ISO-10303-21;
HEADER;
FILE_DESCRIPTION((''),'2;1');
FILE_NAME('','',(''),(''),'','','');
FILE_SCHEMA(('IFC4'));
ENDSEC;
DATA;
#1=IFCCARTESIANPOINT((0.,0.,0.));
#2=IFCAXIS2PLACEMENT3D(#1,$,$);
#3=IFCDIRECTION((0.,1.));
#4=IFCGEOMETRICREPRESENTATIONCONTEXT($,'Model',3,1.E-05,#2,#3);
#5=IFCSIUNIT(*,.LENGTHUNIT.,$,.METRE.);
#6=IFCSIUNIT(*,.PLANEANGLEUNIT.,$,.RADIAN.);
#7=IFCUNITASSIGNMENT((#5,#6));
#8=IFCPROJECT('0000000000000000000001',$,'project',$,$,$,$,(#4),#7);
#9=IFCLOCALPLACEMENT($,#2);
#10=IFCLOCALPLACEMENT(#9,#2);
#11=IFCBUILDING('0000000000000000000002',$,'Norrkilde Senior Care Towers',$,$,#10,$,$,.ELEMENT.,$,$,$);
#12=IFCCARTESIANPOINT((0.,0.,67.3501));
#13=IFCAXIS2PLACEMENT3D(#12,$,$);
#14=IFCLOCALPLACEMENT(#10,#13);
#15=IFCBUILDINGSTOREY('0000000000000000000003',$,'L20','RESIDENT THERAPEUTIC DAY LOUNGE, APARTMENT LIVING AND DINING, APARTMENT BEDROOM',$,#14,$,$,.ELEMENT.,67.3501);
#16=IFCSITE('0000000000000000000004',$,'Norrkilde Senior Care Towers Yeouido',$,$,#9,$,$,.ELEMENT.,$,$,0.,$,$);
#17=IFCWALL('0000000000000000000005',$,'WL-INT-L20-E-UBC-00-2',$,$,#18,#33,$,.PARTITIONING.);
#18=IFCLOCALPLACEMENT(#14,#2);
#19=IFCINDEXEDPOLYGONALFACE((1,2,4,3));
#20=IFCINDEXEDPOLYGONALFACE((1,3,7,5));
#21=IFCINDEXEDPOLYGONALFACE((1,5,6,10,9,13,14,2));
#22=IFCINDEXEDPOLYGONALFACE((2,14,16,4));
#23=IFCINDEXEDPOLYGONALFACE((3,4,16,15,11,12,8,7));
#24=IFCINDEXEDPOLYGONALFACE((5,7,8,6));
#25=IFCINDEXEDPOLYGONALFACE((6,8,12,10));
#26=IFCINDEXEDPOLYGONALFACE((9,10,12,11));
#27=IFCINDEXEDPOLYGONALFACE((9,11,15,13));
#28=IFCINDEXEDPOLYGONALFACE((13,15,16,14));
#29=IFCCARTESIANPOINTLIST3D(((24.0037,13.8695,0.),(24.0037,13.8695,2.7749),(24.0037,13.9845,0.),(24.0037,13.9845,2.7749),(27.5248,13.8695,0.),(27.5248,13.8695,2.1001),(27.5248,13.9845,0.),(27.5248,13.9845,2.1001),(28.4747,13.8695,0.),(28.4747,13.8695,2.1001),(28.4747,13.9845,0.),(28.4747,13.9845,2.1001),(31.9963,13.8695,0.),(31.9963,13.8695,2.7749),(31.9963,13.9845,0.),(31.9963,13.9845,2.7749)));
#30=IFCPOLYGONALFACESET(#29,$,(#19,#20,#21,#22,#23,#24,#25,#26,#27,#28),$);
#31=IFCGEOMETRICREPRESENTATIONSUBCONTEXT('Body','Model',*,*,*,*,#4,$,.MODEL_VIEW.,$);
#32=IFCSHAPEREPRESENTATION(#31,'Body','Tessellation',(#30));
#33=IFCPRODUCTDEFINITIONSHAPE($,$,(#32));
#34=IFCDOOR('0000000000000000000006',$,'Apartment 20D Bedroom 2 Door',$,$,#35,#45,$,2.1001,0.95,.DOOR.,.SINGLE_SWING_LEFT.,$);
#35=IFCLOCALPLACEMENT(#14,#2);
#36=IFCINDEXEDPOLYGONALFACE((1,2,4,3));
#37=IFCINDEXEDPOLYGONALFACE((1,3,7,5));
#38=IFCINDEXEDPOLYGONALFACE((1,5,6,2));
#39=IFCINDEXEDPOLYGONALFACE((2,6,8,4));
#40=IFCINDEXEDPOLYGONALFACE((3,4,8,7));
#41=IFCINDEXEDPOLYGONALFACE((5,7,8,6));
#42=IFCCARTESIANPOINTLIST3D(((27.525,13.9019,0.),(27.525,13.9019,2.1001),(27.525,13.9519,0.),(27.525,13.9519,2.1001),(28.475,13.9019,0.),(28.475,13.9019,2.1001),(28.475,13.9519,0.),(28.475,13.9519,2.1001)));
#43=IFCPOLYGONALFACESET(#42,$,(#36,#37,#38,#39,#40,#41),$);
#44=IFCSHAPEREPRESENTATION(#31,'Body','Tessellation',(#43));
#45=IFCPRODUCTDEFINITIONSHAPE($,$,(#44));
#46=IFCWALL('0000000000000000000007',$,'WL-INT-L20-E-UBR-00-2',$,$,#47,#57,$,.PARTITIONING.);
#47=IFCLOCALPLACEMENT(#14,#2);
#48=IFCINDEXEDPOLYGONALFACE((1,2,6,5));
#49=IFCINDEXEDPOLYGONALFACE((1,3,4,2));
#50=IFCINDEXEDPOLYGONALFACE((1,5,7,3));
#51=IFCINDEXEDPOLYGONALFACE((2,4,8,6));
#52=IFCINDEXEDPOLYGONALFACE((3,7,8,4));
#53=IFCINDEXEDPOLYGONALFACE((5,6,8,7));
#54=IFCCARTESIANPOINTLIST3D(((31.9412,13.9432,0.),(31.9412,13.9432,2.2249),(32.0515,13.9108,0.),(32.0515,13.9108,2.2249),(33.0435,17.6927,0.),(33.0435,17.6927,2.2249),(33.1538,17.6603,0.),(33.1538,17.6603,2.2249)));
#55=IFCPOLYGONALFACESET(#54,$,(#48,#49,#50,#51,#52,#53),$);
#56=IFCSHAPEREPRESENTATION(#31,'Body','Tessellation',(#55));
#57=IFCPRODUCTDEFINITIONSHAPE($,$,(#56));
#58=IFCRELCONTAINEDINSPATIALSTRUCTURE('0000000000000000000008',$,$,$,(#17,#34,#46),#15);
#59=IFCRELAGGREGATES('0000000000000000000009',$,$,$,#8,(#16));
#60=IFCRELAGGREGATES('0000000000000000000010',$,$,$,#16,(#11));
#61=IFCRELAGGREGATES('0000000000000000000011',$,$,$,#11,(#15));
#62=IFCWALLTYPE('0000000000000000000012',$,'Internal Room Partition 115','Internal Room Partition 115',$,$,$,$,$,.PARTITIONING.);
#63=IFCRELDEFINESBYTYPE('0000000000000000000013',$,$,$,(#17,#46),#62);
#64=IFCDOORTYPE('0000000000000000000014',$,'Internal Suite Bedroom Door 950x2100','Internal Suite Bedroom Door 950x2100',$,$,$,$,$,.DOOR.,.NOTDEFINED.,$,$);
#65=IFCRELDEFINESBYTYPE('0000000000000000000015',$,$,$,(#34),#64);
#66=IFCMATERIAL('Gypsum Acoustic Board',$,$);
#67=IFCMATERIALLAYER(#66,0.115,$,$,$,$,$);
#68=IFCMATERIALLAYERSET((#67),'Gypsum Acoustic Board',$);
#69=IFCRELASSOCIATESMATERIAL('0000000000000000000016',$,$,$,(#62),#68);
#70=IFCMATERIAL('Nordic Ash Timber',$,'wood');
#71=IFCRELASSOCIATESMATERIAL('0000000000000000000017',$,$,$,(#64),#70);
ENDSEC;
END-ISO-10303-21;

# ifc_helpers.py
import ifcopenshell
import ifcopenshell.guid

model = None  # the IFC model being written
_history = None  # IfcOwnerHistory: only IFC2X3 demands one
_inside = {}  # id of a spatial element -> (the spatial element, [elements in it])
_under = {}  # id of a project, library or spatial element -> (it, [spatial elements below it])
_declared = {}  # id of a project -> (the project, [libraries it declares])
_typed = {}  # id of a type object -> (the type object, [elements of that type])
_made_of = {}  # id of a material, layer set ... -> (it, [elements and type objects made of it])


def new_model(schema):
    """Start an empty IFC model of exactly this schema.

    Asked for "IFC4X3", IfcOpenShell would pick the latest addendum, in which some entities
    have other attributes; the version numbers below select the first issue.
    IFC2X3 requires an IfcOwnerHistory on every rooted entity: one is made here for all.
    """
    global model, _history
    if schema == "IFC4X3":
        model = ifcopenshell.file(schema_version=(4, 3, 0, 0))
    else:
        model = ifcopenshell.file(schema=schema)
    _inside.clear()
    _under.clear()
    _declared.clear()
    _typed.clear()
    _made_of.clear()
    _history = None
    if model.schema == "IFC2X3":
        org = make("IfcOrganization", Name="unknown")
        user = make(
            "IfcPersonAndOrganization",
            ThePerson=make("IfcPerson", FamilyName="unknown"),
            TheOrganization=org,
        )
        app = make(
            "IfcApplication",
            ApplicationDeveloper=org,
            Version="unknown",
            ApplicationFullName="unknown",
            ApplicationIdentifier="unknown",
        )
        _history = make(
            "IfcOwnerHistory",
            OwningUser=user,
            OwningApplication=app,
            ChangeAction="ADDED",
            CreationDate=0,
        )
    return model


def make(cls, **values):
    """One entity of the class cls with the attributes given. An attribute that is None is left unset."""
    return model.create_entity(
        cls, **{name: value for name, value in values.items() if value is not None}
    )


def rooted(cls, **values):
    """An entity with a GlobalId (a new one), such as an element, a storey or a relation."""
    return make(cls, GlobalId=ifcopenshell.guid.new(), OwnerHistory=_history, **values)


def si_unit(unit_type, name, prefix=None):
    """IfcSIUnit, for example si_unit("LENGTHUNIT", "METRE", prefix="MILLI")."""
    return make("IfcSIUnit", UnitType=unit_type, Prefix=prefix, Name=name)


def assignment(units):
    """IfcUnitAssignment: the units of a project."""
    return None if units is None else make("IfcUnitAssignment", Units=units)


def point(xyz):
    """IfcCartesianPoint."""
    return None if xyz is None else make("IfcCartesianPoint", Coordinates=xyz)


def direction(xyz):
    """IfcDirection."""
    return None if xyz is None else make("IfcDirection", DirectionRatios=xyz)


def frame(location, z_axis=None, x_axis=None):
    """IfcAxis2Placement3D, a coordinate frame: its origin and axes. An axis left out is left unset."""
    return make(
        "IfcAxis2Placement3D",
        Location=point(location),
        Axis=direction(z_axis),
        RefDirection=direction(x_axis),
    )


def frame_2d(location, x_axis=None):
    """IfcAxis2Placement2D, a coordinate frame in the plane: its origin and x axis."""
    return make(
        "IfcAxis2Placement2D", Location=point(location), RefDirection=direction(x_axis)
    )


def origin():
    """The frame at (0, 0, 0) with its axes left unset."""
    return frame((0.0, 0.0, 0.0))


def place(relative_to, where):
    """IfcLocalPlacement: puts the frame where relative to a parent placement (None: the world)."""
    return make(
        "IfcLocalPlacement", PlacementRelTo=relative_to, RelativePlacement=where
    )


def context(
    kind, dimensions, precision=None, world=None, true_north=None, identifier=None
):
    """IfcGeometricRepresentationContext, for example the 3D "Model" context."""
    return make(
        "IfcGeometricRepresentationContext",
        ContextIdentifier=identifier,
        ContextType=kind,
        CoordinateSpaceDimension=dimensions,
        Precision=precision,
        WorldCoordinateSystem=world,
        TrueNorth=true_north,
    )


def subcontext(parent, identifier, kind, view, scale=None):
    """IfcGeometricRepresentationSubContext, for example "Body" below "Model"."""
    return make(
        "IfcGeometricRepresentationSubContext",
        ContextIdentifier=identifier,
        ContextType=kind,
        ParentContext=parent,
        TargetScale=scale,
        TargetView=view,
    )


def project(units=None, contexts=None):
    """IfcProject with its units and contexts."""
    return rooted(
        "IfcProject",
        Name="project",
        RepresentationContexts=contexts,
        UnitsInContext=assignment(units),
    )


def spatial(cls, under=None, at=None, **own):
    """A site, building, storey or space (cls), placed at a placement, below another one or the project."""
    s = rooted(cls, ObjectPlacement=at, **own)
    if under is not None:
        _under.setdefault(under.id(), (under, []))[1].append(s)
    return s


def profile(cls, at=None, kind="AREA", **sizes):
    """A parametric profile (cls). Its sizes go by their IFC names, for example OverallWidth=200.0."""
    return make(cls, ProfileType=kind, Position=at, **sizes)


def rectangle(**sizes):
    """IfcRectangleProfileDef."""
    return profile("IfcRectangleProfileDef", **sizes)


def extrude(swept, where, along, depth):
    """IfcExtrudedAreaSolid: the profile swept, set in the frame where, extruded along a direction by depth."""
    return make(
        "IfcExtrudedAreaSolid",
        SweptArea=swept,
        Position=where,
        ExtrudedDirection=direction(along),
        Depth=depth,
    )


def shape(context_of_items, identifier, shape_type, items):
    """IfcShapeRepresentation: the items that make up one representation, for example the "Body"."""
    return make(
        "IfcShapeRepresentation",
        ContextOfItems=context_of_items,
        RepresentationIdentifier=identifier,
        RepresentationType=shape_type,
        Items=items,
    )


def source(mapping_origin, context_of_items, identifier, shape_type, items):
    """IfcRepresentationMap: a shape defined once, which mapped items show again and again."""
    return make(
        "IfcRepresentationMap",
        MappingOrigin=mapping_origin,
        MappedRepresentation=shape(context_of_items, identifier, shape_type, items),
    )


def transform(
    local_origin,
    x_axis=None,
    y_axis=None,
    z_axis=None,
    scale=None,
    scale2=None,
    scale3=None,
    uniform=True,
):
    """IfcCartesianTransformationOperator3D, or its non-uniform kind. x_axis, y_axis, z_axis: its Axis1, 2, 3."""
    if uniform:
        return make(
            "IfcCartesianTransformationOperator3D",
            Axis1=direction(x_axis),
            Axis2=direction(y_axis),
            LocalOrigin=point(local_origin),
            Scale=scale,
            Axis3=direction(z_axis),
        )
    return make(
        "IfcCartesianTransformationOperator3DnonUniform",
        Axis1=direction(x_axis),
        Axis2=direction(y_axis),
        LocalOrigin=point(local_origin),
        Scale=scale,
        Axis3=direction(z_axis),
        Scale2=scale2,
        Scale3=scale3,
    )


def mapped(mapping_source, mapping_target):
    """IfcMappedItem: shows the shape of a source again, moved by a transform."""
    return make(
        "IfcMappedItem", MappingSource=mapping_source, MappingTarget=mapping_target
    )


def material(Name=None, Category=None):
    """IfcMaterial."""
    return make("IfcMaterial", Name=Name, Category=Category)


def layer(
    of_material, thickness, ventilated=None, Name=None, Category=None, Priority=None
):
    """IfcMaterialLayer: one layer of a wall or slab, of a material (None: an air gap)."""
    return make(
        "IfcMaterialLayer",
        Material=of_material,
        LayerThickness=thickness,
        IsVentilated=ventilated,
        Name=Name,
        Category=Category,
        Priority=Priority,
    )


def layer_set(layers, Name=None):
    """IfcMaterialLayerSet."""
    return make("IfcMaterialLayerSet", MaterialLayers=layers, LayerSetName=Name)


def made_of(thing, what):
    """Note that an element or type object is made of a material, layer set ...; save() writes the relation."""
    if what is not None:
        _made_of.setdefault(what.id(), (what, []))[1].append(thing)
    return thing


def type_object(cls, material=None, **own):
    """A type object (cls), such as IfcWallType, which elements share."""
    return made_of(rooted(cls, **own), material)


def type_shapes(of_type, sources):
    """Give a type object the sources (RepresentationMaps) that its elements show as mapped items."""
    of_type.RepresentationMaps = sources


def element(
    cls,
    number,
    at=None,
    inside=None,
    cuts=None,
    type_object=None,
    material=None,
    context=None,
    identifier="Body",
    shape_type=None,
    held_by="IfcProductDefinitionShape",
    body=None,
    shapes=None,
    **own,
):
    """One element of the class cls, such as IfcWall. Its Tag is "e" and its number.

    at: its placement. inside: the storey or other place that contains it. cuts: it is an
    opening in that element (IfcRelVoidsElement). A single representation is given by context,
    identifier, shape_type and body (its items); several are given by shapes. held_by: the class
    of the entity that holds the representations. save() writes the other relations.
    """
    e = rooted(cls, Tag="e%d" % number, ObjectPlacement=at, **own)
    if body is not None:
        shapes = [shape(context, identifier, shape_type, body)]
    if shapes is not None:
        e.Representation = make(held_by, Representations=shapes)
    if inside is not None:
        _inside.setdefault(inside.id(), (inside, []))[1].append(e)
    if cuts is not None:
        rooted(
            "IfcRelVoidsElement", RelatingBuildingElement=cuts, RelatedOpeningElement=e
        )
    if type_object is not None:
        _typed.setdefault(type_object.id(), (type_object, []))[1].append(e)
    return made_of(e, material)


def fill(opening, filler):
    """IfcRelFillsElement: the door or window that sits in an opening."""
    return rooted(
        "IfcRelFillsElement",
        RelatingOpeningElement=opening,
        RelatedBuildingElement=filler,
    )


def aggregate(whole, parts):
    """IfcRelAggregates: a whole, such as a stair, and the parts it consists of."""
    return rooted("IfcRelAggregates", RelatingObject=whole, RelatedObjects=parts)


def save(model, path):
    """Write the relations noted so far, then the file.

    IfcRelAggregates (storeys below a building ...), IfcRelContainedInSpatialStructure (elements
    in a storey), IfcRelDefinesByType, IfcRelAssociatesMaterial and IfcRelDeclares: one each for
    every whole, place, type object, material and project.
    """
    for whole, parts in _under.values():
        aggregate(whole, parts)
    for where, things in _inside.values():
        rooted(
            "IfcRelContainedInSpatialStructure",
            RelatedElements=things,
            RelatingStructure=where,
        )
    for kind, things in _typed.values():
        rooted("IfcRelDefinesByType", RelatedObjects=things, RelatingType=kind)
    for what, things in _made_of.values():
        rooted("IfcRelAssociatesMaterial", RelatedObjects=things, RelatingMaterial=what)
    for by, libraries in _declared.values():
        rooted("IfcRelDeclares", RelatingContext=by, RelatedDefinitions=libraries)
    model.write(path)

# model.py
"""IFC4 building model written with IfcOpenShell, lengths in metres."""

from ifc_helpers import new_model, si_unit, direction, frame, frame_2d, origin, place, context, subcontext, project, spatial, rectangle, extrude, source, transform, mapped, material, layer, layer_set, type_object, type_shapes, element, fill, save


model = new_model("IFC4")

# Units and contexts
model_context = context("Model", 3, precision=1e-05, world=origin(), true_north=direction((0.0, 1.0)))
body_context = subcontext(model_context, "Body", "Model", "MODEL_VIEW")
ifc_project = project(units=[si_unit("LENGTHUNIT", "METRE"), si_unit("PLANEANGLEUNIT", "RADIAN")], contexts=[model_context])

# Site, building, storey
site_placement = place(None, origin())
site = spatial("IfcSite", under=ifc_project, at=site_placement, Name="Norrkilde Senior Care Towers Yeouido", CompositionType="ELEMENT", RefElevation=0.0)
building_placement = place(site_placement, origin())
building = spatial("IfcBuilding", under=site, at=building_placement, Name="Norrkilde Senior Care Towers", CompositionType="ELEMENT")
storey_placement = place(building_placement, frame((0.0, 0.0, 67.3501)))
storey = spatial("IfcBuildingStorey", under=building, at=storey_placement, Name="L20", Description="RESIDENT THERAPEUTIC DAY LOUNGE, APARTMENT LIVING AND DINING, APARTMENT BEDROOM", CompositionType="ELEMENT", Elevation=67.3501)

# Wall, opening, door
ifc_material_1 = material(Name="Gypsum Acoustic Board")
ifc_material_2 = material(Name="Nordic Ash Timber", Category="wood")
ifc_layer_1 = layer(ifc_material_1, 0.115)
ifc_layer_set_1 = layer_set([ifc_layer_1], Name="Gypsum Acoustic Board")
wall_type_1 = type_object("IfcWallType", Name="Internal Room Partition 115", Description="Internal Room Partition 115", PredefinedType="PARTITIONING", material=ifc_layer_set_1)
shared_shape_1 = source(origin(), body_context, "Body", "SweptSolid", [
    extrude(rectangle(XDim=7.9927, YDim=0.115, at=frame_2d((3.9963, 0.0))), origin(), (0.0, 0.0, 1.0), 2.7749),
])
wall_1_placement = place(storey_placement, frame((31.9963, 13.927, 0.0), z_axis=(0.0, 0.0, 1.0), x_axis=(-1.0, 0.0, 0.0)))
wall_1 = element("IfcWall", 1, at=wall_1_placement, inside=storey, type_object=wall_type_1, Name="WL-INT-L20-E-UBC-00-2", PredefinedType="PARTITIONING", context=body_context, shape_type="MappedRepresentation", body=[
    mapped(shared_shape_1, transform((0.0, 0.0, 0.0), x_axis=(1.0, 0.0, 0.0), y_axis=(0.0, 1.0, 0.0), z_axis=(0.0, 0.0, 1.0), scale=1.0)),
])
opening_1_placement = place(wall_1_placement, frame((3.5215, 0.0, 0.0)))
opening_1 = element("IfcOpeningElement", 2, at=opening_1_placement, cuts=wall_1, PredefinedType="OPENING", context=body_context, shape_type="SweptSolid", body=[
    extrude(rectangle(XDim=0.95, YDim=2.1001, at=frame_2d((0.4751, 1.05))), frame((0.0, 0.0674, 0.0), z_axis=(0.0, -1.0, 0.0), x_axis=(1.0, 0.0, 0.0)), (0.0, 0.0, 1.0), 0.135),
])
door_type_1 = type_object("IfcDoorType", Name="Internal Suite Bedroom Door 950x2100", Description="Internal Suite Bedroom Door 950x2100", OperationType="NOTDEFINED", PredefinedType="DOOR", material=ifc_material_2)
shared_shape_2 = source(origin(), body_context, "Body", "SweptSolid", [
    extrude(rectangle(XDim=0.95, YDim=2.1001, at=frame_2d((0.4751, 1.05))), frame((0.0, 0.0249, 0.0), z_axis=(0.0, -1.0, 0.0), x_axis=(1.0, 0.0, 0.0)), (0.0, 0.0, 1.0), 0.05),
])
type_shapes(door_type_1, [shared_shape_2])
door_1_placement = place(opening_1_placement, frame((0.95, 0.0, 0.0), z_axis=(0.0, 0.0, 1.0), x_axis=(-1.0, 0.0, 0.0)))
door_1 = element("IfcDoor", 3, at=door_1_placement, inside=storey, type_object=door_type_1, Name="Apartment 20D Bedroom 2 Door", OperationType="SINGLE_SWING_LEFT", OverallHeight=2.1001, OverallWidth=0.95, PredefinedType="DOOR", context=body_context, shape_type="MappedRepresentation", body=[
    mapped(shared_shape_2, transform((0.0, 0.0, 0.0), x_axis=(1.0, 0.0, 0.0), y_axis=(0.0, 1.0, 0.0), z_axis=(0.0, 0.0, 1.0), scale=1.0)),
])
fill(opening_1, door_1)

# Wall
shared_shape_3 = source(origin(), body_context, "Body", "SweptSolid", [
    extrude(rectangle(XDim=3.9082, YDim=0.115, at=frame_2d((1.9541, 0.0))), origin(), (0.0, 0.0, 1.0), 2.2249),
])
type_shapes(wall_type_1, [shared_shape_1, shared_shape_3])
wall_2_placement = place(storey_placement, frame((31.9963, 13.927, 0.0), z_axis=(0.0, 0.0, 1.0), x_axis=(0.282048, 0.9594, 0.0)))
element("IfcWall", 4, at=wall_2_placement, inside=storey, type_object=wall_type_1, Name="WL-INT-L20-E-UBR-00-2", PredefinedType="PARTITIONING", context=body_context, shape_type="MappedRepresentation", body=[
    mapped(shared_shape_3, transform((0.0, 0.0, 0.0), x_axis=(1.0, 0.0, 0.0), y_axis=(0.0, 1.0, 0.0), z_axis=(0.0, 0.0, 1.0), scale=1.0)),
])

save(model, "model.ifc")
